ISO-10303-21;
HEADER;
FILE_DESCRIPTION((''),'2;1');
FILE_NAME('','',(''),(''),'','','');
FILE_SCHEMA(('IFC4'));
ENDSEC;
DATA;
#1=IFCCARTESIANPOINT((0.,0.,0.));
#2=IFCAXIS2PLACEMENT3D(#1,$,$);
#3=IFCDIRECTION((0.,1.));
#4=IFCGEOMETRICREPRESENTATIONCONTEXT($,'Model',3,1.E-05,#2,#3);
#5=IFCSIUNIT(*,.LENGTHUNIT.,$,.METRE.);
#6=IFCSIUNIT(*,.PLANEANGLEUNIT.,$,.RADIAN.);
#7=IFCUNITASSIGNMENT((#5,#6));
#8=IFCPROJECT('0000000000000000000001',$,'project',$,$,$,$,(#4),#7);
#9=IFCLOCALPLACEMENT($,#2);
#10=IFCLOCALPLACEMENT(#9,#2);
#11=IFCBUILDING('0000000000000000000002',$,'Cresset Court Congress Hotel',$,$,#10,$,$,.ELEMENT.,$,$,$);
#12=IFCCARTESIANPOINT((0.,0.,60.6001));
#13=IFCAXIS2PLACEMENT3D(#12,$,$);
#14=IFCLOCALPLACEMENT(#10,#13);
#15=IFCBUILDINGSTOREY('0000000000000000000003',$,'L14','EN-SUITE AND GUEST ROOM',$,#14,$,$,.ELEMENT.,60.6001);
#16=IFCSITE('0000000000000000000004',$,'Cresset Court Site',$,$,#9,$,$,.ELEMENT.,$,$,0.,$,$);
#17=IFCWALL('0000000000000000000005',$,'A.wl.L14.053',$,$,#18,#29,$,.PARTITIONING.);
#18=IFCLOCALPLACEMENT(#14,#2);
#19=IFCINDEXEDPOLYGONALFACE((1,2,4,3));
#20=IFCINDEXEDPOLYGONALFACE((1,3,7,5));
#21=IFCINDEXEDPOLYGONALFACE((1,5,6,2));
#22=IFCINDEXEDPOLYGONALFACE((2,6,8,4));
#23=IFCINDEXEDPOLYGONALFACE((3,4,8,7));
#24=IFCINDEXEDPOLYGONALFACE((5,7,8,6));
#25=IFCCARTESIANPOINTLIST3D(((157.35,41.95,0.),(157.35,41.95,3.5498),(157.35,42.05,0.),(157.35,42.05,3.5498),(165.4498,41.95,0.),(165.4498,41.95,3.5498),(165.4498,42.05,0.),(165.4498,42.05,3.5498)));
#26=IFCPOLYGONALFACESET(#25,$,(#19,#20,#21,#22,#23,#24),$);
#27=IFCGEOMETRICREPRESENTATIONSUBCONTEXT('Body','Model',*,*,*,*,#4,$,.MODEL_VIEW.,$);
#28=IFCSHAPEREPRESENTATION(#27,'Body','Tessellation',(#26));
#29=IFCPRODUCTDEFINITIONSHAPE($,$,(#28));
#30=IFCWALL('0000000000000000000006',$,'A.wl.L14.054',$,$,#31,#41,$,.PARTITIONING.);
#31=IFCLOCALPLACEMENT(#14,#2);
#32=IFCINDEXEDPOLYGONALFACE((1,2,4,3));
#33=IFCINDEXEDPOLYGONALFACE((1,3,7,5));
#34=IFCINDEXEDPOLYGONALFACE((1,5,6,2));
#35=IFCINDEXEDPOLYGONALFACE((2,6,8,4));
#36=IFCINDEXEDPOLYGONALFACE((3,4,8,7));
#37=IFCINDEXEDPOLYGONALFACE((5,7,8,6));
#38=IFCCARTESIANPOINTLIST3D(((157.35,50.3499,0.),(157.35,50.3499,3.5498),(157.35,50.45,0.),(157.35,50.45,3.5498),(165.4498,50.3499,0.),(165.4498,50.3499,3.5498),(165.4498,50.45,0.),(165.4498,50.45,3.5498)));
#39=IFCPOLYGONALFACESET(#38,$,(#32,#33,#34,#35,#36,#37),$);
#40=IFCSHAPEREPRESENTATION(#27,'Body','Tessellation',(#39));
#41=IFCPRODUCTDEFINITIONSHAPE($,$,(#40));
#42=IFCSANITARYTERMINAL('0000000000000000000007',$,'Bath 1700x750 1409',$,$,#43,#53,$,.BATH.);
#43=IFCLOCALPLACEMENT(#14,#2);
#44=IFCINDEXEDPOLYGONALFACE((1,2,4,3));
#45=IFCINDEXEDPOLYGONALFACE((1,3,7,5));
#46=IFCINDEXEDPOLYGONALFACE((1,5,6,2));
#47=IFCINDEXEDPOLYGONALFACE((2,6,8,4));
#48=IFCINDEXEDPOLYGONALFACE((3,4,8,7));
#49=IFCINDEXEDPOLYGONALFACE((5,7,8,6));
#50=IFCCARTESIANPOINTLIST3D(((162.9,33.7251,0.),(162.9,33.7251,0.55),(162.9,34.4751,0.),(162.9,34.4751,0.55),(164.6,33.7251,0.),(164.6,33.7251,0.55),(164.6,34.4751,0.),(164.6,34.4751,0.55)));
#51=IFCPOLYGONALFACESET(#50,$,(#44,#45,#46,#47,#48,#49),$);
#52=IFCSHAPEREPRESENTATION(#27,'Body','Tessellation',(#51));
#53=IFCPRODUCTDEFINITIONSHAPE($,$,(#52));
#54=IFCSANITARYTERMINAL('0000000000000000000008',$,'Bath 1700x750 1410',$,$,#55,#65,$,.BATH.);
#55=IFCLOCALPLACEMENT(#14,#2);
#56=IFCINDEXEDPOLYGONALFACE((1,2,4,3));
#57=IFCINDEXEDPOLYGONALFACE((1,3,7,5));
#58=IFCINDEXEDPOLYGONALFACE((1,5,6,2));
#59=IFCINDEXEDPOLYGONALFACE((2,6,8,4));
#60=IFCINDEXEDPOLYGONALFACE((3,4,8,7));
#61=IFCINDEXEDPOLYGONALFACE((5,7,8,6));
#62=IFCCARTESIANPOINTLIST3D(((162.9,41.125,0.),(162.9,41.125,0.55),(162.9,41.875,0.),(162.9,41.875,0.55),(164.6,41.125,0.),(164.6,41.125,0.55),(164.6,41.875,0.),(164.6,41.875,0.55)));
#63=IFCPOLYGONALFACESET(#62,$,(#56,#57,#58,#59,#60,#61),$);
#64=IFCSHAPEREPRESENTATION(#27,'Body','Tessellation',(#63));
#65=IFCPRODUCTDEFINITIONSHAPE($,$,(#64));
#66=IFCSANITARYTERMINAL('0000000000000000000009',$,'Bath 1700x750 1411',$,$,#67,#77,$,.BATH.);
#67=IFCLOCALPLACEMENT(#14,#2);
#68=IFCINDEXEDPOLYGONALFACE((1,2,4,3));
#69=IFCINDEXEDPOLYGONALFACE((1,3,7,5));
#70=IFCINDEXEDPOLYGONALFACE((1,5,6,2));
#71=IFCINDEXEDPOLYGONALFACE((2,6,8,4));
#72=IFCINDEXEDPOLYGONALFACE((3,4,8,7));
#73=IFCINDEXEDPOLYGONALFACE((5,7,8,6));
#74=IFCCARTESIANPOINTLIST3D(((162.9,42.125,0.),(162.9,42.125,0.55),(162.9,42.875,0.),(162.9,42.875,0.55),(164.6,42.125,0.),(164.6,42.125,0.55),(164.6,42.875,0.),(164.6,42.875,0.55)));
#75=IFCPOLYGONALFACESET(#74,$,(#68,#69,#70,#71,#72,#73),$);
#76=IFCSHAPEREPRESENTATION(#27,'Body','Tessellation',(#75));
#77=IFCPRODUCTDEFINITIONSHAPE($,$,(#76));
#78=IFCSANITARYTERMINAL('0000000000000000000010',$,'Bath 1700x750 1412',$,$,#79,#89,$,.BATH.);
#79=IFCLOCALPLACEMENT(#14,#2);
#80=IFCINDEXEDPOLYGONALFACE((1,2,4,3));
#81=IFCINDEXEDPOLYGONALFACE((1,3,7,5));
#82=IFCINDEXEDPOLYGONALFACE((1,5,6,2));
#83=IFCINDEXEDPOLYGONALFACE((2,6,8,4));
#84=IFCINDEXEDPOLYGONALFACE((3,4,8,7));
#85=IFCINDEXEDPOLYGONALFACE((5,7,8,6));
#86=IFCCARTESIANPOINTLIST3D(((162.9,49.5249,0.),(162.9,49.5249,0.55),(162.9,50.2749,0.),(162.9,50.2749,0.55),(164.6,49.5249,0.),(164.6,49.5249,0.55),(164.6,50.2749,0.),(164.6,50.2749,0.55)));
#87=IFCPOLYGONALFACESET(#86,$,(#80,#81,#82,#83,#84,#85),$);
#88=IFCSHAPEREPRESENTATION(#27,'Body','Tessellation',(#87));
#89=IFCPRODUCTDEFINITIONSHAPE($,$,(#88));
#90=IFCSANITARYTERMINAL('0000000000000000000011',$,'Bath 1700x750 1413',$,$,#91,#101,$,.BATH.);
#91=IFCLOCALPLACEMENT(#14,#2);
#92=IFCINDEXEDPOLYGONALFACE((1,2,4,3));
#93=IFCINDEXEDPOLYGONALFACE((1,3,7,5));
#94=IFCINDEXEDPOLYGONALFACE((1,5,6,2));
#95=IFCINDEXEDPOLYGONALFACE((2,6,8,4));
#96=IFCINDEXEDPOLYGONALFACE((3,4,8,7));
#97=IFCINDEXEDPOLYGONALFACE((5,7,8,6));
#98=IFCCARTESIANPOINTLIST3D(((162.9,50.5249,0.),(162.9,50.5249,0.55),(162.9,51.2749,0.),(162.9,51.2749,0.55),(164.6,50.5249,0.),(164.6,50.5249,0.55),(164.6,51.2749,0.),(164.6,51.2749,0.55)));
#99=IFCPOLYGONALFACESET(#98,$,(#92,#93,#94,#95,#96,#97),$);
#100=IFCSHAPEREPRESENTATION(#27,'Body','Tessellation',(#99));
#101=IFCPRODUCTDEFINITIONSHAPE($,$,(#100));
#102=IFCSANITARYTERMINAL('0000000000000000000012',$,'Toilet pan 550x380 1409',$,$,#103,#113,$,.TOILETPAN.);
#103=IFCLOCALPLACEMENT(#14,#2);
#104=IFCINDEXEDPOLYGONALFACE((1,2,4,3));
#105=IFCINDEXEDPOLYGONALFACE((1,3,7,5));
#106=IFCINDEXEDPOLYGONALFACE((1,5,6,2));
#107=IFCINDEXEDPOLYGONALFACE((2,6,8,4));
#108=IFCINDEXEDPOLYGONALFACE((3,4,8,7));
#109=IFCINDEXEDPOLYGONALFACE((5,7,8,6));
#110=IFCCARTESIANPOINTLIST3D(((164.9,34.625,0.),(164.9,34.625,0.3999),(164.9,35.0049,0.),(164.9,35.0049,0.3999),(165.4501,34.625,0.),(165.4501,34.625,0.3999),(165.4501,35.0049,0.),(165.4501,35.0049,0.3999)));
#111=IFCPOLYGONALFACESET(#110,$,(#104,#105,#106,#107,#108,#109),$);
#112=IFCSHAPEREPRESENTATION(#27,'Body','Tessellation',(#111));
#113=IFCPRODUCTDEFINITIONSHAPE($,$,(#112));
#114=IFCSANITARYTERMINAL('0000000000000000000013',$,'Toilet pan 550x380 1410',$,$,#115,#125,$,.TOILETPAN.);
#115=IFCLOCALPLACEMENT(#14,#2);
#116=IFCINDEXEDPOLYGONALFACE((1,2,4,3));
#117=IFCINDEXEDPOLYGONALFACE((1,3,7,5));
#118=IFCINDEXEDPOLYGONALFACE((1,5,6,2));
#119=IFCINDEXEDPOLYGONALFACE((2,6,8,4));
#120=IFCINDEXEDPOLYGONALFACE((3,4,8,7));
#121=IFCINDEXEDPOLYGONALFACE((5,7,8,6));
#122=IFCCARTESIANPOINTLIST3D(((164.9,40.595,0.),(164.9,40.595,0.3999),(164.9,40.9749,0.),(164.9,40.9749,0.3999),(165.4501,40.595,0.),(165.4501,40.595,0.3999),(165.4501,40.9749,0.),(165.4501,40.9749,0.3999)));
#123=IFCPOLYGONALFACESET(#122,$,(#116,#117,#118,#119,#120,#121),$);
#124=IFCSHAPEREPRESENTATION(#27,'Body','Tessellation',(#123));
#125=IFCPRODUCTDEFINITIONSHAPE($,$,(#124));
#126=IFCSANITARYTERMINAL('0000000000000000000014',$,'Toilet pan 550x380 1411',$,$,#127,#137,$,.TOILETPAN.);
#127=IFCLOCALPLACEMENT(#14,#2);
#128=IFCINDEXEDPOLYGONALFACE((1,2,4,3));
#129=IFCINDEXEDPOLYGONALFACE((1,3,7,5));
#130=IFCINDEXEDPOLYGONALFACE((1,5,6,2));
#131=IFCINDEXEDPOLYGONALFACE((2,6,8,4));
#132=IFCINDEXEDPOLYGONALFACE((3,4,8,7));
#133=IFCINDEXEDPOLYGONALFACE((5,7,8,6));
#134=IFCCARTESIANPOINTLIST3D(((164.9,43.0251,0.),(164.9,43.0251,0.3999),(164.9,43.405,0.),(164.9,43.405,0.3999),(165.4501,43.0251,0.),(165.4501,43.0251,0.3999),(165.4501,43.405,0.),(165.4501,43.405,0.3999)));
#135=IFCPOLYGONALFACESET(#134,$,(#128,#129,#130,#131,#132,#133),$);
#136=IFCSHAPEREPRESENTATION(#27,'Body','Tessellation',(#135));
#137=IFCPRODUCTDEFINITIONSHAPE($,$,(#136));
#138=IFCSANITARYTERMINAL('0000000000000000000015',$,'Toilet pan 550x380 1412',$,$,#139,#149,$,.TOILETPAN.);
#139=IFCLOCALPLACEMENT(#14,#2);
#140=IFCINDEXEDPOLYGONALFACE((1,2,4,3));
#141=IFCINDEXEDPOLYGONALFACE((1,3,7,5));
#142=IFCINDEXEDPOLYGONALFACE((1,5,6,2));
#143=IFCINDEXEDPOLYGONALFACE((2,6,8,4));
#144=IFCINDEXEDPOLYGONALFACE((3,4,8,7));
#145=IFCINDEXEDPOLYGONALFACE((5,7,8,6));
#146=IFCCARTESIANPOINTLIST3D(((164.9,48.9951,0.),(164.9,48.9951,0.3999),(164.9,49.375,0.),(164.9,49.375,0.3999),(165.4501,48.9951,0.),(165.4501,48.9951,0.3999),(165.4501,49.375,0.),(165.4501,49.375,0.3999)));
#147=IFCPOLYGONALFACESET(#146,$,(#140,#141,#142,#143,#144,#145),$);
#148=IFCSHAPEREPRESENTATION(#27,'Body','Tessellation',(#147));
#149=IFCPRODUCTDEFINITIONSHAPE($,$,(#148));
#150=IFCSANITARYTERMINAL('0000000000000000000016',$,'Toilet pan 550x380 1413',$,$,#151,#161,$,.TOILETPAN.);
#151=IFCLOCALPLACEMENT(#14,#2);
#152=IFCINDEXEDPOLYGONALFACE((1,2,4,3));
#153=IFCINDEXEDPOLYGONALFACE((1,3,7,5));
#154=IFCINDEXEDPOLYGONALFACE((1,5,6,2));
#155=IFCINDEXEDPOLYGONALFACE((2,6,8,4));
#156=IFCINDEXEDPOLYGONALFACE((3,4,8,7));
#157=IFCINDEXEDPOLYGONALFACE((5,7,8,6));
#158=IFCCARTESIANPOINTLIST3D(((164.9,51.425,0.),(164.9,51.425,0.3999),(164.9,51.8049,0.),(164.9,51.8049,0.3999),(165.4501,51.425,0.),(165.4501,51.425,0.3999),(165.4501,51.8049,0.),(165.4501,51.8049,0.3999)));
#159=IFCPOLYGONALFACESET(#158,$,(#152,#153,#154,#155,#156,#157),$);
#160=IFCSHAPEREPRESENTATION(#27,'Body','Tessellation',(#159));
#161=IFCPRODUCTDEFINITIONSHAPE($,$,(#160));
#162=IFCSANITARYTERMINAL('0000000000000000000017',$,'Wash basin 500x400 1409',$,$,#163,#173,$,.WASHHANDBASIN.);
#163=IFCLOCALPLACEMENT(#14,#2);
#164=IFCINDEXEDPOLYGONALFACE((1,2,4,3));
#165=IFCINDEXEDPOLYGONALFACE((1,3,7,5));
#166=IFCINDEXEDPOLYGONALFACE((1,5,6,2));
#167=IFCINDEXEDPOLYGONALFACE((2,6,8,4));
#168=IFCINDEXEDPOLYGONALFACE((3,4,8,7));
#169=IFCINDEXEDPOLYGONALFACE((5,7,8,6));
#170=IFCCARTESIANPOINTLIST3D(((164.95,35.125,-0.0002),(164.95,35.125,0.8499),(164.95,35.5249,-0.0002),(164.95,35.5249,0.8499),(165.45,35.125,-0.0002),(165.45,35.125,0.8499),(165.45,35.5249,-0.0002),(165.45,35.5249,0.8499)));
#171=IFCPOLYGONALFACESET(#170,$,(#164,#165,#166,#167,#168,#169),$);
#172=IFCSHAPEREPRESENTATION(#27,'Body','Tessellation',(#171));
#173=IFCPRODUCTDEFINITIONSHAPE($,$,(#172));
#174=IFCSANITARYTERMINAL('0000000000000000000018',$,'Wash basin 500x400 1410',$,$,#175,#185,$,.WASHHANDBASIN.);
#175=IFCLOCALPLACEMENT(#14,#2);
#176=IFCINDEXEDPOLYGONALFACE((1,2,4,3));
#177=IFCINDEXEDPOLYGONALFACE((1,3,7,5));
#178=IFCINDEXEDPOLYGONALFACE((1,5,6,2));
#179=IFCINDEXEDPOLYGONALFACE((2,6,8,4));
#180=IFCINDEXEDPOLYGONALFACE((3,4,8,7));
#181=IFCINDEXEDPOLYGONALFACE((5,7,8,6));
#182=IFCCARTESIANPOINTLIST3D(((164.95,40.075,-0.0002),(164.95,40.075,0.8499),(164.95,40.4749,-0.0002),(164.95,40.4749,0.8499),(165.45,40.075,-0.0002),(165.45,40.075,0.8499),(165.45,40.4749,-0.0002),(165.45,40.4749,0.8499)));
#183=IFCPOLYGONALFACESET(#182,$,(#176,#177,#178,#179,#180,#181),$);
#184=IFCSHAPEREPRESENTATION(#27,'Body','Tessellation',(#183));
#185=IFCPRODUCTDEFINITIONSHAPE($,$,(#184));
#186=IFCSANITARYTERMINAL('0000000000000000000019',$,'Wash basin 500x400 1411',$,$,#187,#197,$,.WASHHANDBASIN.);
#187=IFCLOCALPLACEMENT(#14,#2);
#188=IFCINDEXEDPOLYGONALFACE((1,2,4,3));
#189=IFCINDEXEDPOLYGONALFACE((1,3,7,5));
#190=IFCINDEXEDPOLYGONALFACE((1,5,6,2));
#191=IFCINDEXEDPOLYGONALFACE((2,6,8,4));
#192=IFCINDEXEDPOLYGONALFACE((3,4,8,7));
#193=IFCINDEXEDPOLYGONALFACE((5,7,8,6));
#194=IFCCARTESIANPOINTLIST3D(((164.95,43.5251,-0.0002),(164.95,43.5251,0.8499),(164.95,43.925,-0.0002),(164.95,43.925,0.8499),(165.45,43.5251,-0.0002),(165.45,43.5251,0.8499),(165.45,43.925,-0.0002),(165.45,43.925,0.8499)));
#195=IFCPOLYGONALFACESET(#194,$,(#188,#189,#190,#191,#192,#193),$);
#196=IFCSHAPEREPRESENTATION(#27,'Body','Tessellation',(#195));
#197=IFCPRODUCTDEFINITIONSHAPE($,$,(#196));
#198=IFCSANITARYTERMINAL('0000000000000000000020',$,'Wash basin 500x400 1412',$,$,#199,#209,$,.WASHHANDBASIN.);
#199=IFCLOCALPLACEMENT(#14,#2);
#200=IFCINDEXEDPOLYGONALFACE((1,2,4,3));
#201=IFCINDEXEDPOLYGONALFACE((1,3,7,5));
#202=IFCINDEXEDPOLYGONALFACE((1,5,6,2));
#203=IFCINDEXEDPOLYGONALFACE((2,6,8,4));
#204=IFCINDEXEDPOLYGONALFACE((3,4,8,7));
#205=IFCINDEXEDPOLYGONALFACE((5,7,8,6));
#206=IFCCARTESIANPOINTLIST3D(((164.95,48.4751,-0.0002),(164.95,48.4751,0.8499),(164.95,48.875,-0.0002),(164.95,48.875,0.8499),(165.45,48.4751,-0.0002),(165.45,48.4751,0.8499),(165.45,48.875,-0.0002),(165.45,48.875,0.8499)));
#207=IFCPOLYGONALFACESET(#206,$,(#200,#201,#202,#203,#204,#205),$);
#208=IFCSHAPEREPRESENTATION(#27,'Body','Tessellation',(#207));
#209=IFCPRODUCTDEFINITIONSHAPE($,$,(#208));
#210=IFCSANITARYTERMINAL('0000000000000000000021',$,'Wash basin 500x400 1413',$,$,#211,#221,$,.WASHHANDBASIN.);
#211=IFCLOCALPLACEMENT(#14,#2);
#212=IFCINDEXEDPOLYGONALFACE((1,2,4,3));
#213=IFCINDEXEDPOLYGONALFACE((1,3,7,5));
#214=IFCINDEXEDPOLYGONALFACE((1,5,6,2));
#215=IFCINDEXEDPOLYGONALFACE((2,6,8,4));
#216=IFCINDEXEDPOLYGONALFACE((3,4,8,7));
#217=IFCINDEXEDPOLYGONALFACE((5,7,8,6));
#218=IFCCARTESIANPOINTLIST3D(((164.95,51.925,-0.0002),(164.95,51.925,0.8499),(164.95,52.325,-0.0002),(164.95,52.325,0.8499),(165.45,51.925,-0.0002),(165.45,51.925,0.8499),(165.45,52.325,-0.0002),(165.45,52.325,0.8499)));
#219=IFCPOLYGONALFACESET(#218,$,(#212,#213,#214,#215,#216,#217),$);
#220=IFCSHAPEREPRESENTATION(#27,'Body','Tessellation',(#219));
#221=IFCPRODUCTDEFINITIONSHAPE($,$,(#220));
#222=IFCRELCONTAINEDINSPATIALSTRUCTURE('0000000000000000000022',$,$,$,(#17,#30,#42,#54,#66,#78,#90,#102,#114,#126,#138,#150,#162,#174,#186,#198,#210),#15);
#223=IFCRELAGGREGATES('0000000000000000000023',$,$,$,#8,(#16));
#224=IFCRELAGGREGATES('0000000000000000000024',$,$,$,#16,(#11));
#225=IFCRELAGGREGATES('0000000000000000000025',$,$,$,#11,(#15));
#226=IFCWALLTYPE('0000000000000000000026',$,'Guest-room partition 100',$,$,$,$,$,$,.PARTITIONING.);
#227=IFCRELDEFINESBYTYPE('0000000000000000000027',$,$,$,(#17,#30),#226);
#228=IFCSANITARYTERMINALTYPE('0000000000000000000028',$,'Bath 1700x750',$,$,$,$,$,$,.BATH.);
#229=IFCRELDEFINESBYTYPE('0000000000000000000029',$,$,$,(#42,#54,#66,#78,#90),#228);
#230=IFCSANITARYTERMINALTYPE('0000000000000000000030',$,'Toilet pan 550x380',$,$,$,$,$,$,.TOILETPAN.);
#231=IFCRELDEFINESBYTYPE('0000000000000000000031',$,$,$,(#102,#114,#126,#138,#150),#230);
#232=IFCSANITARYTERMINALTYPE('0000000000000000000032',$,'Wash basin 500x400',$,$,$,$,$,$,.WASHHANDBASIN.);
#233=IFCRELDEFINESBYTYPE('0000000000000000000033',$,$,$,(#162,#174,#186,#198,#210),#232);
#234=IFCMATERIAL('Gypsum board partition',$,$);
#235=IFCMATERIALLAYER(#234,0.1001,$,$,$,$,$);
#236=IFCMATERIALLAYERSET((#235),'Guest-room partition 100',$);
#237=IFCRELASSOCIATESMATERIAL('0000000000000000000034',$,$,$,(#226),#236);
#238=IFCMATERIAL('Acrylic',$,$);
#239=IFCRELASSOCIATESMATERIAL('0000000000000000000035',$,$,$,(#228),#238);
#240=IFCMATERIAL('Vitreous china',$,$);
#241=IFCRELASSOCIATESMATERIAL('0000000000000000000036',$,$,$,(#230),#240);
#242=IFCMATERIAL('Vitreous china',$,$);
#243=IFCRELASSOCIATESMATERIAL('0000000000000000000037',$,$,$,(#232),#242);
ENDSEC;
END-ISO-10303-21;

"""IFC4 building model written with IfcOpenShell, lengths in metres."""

from ifc_helpers import new_model, si_unit, direction, frame, frame_2d, origin, origin_2d, place, context, subcontext, project, spatial, rectangle, extrude, material, layer, layer_set, type_object, element, save


model = new_model("IFC4")

# Units and contexts
model_context = context("Model", 3, precision=1e-05, world=origin(), true_north=direction((0.0, 1.0)))
body_context = subcontext(model_context, "Body", "Model", "MODEL_VIEW")
ifc_project = project(units=[si_unit("LENGTHUNIT", "METRE"), si_unit("PLANEANGLEUNIT", "RADIAN")], contexts=[model_context])

# Site, building, storey
site_placement = place(None, origin())
site = spatial("IfcSite", under=ifc_project, at=site_placement, Name="Cresset Court Site", CompositionType="ELEMENT", RefElevation=0.0)
building_placement = place(site_placement, origin())
building = spatial("IfcBuilding", under=site, at=building_placement, Name="Cresset Court Congress Hotel", CompositionType="ELEMENT")
storey_placement = place(building_placement, frame((0.0, 0.0, 60.6001)))
storey = spatial("IfcBuildingStorey", under=building, at=storey_placement, Name="L14", Description="EN-SUITE AND GUEST ROOM", CompositionType="ELEMENT", Elevation=60.6001)

# Walls
ifc_material_1 = material(Name="Gypsum board partition")
ifc_layer_1 = layer(ifc_material_1, 0.1001)
ifc_layer_set_1 = layer_set([ifc_layer_1], Name="Guest-room partition 100")
wall_type_1 = type_object("IfcWallType", Name="Guest-room partition 100", PredefinedType="PARTITIONING", material=ifc_layer_set_1)
for number, where, z_axis, x_axis, name in (
    (1, (157.3501, 42.0, 0.0), (0.0, 0.0, 1.0), (1.0, 0.0, 0.0), "A.wl.L14.053"),
    (2, (157.3501, 50.3999, 0.0), (0.0, 0.0, 1.0), (1.0, 0.0, 0.0), "A.wl.L14.054"),
):
    element("IfcWall", number, at=place(storey_placement, frame(where, z_axis=z_axis, x_axis=x_axis)), inside=storey, type_object=wall_type_1, Name=name, PredefinedType="PARTITIONING", context=body_context, shape_type="SweptSolid", body=[
        extrude(rectangle(XDim=8.0999, YDim=0.1001, at=frame_2d((4.0498, 0.0))), origin(), (0.0, 0.0, 1.0), 3.5498),
    ])

# Sanitary terminals
ifc_material_2 = material(Name="Acrylic")
sanitary_terminal_type_1 = type_object("IfcSanitaryTerminalType", Name="Bath 1700x750", PredefinedType="BATH", material=ifc_material_2)
for number, where, z_axis, x_axis, name in (
    (3, (163.75, 34.1001, 0.0), (0.0, 0.0, 1.0), (1.0, 0.0, 0.0), "Bath 1700x750 1409"),
    (4, (163.75, 41.5, 0.0), (0.0, 0.0, 1.0), (1.0, 0.0, 0.0), "Bath 1700x750 1410"),
    (5, (163.75, 42.5, 0.0), (0.0, 0.0, 1.0), (1.0, 0.0, 0.0), "Bath 1700x750 1411"),
    (6, (163.75, 49.8999, 0.0), (0.0, 0.0, 1.0), (1.0, 0.0, 0.0), "Bath 1700x750 1412"),
    (7, (163.75, 50.8999, 0.0), (0.0, 0.0, 1.0), (1.0, 0.0, 0.0), "Bath 1700x750 1413"),
):
    element("IfcSanitaryTerminal", number, at=place(storey_placement, frame(where, z_axis=z_axis, x_axis=x_axis)), inside=storey, type_object=sanitary_terminal_type_1, Name=name, PredefinedType="BATH", context=body_context, shape_type="SweptSolid", body=[
        extrude(rectangle(XDim=1.7, YDim=0.75, at=origin_2d()), origin(), (0.0, 0.0, 1.0), 0.55),
    ])
ifc_material_3 = material(Name="Vitreous china")
sanitary_terminal_type_2 = type_object("IfcSanitaryTerminalType", Name="Toilet pan 550x380", PredefinedType="TOILETPAN", material=ifc_material_3)
for number, where, z_axis, x_axis, name in (
    (8, (165.175, 34.8149, 0.0), (0.0, 0.0, 1.0), (1.0, 0.0, 0.0), "Toilet pan 550x380 1409"),
    (9, (165.175, 40.7849, 0.0), (0.0, 0.0, 1.0), (1.0, 0.0, 0.0), "Toilet pan 550x380 1410"),
    (10, (165.175, 43.2151, 0.0), (0.0, 0.0, 1.0), (1.0, 0.0, 0.0), "Toilet pan 550x380 1411"),
    (11, (165.175, 49.1851, 0.0), (0.0, 0.0, 1.0), (1.0, 0.0, 0.0), "Toilet pan 550x380 1412"),
    (12, (165.175, 51.615, 0.0), (0.0, 0.0, 1.0), (1.0, 0.0, 0.0), "Toilet pan 550x380 1413"),
):
    element("IfcSanitaryTerminal", number, at=place(storey_placement, frame(where, z_axis=z_axis, x_axis=x_axis)), inside=storey, type_object=sanitary_terminal_type_2, Name=name, PredefinedType="TOILETPAN", context=body_context, shape_type="SweptSolid", body=[
        extrude(rectangle(XDim=0.55, YDim=0.3799, at=origin_2d()), origin(), (0.0, 0.0, 1.0), 0.3999),
    ])
ifc_material_4 = material(Name="Vitreous china")
sanitary_terminal_type_3 = type_object("IfcSanitaryTerminalType", Name="Wash basin 500x400", PredefinedType="WASHHANDBASIN", material=ifc_material_4)
for number, where, z_axis, x_axis, name in (
    (13, (165.2, 35.325, -0.0002), (0.0, 0.0, 1.0), (1.0, 0.0, 0.0), "Wash basin 500x400 1409"),
    (14, (165.2, 40.2749, -0.0002), (0.0, 0.0, 1.0), (1.0, 0.0, 0.0), "Wash basin 500x400 1410"),
    (15, (165.2, 43.7251, -0.0002), (0.0, 0.0, 1.0), (1.0, 0.0, 0.0), "Wash basin 500x400 1411"),
    (16, (165.2, 48.675, -0.0002), (0.0, 0.0, 1.0), (1.0, 0.0, 0.0), "Wash basin 500x400 1412"),
    (17, (165.2, 52.125, -0.0002), (0.0, 0.0, 1.0), (1.0, 0.0, 0.0), "Wash basin 500x400 1413"),
):
    element("IfcSanitaryTerminal", number, at=place(storey_placement, frame(where, z_axis=z_axis, x_axis=x_axis)), inside=storey, type_object=sanitary_terminal_type_3, Name=name, PredefinedType="WASHHANDBASIN", context=body_context, shape_type="SweptSolid", body=[
        extrude(rectangle(XDim=0.5, YDim=0.3999, at=origin_2d()), origin(), (0.0, 0.0, 1.0), 0.8501),
    ])

save(model, "model.ifc")
